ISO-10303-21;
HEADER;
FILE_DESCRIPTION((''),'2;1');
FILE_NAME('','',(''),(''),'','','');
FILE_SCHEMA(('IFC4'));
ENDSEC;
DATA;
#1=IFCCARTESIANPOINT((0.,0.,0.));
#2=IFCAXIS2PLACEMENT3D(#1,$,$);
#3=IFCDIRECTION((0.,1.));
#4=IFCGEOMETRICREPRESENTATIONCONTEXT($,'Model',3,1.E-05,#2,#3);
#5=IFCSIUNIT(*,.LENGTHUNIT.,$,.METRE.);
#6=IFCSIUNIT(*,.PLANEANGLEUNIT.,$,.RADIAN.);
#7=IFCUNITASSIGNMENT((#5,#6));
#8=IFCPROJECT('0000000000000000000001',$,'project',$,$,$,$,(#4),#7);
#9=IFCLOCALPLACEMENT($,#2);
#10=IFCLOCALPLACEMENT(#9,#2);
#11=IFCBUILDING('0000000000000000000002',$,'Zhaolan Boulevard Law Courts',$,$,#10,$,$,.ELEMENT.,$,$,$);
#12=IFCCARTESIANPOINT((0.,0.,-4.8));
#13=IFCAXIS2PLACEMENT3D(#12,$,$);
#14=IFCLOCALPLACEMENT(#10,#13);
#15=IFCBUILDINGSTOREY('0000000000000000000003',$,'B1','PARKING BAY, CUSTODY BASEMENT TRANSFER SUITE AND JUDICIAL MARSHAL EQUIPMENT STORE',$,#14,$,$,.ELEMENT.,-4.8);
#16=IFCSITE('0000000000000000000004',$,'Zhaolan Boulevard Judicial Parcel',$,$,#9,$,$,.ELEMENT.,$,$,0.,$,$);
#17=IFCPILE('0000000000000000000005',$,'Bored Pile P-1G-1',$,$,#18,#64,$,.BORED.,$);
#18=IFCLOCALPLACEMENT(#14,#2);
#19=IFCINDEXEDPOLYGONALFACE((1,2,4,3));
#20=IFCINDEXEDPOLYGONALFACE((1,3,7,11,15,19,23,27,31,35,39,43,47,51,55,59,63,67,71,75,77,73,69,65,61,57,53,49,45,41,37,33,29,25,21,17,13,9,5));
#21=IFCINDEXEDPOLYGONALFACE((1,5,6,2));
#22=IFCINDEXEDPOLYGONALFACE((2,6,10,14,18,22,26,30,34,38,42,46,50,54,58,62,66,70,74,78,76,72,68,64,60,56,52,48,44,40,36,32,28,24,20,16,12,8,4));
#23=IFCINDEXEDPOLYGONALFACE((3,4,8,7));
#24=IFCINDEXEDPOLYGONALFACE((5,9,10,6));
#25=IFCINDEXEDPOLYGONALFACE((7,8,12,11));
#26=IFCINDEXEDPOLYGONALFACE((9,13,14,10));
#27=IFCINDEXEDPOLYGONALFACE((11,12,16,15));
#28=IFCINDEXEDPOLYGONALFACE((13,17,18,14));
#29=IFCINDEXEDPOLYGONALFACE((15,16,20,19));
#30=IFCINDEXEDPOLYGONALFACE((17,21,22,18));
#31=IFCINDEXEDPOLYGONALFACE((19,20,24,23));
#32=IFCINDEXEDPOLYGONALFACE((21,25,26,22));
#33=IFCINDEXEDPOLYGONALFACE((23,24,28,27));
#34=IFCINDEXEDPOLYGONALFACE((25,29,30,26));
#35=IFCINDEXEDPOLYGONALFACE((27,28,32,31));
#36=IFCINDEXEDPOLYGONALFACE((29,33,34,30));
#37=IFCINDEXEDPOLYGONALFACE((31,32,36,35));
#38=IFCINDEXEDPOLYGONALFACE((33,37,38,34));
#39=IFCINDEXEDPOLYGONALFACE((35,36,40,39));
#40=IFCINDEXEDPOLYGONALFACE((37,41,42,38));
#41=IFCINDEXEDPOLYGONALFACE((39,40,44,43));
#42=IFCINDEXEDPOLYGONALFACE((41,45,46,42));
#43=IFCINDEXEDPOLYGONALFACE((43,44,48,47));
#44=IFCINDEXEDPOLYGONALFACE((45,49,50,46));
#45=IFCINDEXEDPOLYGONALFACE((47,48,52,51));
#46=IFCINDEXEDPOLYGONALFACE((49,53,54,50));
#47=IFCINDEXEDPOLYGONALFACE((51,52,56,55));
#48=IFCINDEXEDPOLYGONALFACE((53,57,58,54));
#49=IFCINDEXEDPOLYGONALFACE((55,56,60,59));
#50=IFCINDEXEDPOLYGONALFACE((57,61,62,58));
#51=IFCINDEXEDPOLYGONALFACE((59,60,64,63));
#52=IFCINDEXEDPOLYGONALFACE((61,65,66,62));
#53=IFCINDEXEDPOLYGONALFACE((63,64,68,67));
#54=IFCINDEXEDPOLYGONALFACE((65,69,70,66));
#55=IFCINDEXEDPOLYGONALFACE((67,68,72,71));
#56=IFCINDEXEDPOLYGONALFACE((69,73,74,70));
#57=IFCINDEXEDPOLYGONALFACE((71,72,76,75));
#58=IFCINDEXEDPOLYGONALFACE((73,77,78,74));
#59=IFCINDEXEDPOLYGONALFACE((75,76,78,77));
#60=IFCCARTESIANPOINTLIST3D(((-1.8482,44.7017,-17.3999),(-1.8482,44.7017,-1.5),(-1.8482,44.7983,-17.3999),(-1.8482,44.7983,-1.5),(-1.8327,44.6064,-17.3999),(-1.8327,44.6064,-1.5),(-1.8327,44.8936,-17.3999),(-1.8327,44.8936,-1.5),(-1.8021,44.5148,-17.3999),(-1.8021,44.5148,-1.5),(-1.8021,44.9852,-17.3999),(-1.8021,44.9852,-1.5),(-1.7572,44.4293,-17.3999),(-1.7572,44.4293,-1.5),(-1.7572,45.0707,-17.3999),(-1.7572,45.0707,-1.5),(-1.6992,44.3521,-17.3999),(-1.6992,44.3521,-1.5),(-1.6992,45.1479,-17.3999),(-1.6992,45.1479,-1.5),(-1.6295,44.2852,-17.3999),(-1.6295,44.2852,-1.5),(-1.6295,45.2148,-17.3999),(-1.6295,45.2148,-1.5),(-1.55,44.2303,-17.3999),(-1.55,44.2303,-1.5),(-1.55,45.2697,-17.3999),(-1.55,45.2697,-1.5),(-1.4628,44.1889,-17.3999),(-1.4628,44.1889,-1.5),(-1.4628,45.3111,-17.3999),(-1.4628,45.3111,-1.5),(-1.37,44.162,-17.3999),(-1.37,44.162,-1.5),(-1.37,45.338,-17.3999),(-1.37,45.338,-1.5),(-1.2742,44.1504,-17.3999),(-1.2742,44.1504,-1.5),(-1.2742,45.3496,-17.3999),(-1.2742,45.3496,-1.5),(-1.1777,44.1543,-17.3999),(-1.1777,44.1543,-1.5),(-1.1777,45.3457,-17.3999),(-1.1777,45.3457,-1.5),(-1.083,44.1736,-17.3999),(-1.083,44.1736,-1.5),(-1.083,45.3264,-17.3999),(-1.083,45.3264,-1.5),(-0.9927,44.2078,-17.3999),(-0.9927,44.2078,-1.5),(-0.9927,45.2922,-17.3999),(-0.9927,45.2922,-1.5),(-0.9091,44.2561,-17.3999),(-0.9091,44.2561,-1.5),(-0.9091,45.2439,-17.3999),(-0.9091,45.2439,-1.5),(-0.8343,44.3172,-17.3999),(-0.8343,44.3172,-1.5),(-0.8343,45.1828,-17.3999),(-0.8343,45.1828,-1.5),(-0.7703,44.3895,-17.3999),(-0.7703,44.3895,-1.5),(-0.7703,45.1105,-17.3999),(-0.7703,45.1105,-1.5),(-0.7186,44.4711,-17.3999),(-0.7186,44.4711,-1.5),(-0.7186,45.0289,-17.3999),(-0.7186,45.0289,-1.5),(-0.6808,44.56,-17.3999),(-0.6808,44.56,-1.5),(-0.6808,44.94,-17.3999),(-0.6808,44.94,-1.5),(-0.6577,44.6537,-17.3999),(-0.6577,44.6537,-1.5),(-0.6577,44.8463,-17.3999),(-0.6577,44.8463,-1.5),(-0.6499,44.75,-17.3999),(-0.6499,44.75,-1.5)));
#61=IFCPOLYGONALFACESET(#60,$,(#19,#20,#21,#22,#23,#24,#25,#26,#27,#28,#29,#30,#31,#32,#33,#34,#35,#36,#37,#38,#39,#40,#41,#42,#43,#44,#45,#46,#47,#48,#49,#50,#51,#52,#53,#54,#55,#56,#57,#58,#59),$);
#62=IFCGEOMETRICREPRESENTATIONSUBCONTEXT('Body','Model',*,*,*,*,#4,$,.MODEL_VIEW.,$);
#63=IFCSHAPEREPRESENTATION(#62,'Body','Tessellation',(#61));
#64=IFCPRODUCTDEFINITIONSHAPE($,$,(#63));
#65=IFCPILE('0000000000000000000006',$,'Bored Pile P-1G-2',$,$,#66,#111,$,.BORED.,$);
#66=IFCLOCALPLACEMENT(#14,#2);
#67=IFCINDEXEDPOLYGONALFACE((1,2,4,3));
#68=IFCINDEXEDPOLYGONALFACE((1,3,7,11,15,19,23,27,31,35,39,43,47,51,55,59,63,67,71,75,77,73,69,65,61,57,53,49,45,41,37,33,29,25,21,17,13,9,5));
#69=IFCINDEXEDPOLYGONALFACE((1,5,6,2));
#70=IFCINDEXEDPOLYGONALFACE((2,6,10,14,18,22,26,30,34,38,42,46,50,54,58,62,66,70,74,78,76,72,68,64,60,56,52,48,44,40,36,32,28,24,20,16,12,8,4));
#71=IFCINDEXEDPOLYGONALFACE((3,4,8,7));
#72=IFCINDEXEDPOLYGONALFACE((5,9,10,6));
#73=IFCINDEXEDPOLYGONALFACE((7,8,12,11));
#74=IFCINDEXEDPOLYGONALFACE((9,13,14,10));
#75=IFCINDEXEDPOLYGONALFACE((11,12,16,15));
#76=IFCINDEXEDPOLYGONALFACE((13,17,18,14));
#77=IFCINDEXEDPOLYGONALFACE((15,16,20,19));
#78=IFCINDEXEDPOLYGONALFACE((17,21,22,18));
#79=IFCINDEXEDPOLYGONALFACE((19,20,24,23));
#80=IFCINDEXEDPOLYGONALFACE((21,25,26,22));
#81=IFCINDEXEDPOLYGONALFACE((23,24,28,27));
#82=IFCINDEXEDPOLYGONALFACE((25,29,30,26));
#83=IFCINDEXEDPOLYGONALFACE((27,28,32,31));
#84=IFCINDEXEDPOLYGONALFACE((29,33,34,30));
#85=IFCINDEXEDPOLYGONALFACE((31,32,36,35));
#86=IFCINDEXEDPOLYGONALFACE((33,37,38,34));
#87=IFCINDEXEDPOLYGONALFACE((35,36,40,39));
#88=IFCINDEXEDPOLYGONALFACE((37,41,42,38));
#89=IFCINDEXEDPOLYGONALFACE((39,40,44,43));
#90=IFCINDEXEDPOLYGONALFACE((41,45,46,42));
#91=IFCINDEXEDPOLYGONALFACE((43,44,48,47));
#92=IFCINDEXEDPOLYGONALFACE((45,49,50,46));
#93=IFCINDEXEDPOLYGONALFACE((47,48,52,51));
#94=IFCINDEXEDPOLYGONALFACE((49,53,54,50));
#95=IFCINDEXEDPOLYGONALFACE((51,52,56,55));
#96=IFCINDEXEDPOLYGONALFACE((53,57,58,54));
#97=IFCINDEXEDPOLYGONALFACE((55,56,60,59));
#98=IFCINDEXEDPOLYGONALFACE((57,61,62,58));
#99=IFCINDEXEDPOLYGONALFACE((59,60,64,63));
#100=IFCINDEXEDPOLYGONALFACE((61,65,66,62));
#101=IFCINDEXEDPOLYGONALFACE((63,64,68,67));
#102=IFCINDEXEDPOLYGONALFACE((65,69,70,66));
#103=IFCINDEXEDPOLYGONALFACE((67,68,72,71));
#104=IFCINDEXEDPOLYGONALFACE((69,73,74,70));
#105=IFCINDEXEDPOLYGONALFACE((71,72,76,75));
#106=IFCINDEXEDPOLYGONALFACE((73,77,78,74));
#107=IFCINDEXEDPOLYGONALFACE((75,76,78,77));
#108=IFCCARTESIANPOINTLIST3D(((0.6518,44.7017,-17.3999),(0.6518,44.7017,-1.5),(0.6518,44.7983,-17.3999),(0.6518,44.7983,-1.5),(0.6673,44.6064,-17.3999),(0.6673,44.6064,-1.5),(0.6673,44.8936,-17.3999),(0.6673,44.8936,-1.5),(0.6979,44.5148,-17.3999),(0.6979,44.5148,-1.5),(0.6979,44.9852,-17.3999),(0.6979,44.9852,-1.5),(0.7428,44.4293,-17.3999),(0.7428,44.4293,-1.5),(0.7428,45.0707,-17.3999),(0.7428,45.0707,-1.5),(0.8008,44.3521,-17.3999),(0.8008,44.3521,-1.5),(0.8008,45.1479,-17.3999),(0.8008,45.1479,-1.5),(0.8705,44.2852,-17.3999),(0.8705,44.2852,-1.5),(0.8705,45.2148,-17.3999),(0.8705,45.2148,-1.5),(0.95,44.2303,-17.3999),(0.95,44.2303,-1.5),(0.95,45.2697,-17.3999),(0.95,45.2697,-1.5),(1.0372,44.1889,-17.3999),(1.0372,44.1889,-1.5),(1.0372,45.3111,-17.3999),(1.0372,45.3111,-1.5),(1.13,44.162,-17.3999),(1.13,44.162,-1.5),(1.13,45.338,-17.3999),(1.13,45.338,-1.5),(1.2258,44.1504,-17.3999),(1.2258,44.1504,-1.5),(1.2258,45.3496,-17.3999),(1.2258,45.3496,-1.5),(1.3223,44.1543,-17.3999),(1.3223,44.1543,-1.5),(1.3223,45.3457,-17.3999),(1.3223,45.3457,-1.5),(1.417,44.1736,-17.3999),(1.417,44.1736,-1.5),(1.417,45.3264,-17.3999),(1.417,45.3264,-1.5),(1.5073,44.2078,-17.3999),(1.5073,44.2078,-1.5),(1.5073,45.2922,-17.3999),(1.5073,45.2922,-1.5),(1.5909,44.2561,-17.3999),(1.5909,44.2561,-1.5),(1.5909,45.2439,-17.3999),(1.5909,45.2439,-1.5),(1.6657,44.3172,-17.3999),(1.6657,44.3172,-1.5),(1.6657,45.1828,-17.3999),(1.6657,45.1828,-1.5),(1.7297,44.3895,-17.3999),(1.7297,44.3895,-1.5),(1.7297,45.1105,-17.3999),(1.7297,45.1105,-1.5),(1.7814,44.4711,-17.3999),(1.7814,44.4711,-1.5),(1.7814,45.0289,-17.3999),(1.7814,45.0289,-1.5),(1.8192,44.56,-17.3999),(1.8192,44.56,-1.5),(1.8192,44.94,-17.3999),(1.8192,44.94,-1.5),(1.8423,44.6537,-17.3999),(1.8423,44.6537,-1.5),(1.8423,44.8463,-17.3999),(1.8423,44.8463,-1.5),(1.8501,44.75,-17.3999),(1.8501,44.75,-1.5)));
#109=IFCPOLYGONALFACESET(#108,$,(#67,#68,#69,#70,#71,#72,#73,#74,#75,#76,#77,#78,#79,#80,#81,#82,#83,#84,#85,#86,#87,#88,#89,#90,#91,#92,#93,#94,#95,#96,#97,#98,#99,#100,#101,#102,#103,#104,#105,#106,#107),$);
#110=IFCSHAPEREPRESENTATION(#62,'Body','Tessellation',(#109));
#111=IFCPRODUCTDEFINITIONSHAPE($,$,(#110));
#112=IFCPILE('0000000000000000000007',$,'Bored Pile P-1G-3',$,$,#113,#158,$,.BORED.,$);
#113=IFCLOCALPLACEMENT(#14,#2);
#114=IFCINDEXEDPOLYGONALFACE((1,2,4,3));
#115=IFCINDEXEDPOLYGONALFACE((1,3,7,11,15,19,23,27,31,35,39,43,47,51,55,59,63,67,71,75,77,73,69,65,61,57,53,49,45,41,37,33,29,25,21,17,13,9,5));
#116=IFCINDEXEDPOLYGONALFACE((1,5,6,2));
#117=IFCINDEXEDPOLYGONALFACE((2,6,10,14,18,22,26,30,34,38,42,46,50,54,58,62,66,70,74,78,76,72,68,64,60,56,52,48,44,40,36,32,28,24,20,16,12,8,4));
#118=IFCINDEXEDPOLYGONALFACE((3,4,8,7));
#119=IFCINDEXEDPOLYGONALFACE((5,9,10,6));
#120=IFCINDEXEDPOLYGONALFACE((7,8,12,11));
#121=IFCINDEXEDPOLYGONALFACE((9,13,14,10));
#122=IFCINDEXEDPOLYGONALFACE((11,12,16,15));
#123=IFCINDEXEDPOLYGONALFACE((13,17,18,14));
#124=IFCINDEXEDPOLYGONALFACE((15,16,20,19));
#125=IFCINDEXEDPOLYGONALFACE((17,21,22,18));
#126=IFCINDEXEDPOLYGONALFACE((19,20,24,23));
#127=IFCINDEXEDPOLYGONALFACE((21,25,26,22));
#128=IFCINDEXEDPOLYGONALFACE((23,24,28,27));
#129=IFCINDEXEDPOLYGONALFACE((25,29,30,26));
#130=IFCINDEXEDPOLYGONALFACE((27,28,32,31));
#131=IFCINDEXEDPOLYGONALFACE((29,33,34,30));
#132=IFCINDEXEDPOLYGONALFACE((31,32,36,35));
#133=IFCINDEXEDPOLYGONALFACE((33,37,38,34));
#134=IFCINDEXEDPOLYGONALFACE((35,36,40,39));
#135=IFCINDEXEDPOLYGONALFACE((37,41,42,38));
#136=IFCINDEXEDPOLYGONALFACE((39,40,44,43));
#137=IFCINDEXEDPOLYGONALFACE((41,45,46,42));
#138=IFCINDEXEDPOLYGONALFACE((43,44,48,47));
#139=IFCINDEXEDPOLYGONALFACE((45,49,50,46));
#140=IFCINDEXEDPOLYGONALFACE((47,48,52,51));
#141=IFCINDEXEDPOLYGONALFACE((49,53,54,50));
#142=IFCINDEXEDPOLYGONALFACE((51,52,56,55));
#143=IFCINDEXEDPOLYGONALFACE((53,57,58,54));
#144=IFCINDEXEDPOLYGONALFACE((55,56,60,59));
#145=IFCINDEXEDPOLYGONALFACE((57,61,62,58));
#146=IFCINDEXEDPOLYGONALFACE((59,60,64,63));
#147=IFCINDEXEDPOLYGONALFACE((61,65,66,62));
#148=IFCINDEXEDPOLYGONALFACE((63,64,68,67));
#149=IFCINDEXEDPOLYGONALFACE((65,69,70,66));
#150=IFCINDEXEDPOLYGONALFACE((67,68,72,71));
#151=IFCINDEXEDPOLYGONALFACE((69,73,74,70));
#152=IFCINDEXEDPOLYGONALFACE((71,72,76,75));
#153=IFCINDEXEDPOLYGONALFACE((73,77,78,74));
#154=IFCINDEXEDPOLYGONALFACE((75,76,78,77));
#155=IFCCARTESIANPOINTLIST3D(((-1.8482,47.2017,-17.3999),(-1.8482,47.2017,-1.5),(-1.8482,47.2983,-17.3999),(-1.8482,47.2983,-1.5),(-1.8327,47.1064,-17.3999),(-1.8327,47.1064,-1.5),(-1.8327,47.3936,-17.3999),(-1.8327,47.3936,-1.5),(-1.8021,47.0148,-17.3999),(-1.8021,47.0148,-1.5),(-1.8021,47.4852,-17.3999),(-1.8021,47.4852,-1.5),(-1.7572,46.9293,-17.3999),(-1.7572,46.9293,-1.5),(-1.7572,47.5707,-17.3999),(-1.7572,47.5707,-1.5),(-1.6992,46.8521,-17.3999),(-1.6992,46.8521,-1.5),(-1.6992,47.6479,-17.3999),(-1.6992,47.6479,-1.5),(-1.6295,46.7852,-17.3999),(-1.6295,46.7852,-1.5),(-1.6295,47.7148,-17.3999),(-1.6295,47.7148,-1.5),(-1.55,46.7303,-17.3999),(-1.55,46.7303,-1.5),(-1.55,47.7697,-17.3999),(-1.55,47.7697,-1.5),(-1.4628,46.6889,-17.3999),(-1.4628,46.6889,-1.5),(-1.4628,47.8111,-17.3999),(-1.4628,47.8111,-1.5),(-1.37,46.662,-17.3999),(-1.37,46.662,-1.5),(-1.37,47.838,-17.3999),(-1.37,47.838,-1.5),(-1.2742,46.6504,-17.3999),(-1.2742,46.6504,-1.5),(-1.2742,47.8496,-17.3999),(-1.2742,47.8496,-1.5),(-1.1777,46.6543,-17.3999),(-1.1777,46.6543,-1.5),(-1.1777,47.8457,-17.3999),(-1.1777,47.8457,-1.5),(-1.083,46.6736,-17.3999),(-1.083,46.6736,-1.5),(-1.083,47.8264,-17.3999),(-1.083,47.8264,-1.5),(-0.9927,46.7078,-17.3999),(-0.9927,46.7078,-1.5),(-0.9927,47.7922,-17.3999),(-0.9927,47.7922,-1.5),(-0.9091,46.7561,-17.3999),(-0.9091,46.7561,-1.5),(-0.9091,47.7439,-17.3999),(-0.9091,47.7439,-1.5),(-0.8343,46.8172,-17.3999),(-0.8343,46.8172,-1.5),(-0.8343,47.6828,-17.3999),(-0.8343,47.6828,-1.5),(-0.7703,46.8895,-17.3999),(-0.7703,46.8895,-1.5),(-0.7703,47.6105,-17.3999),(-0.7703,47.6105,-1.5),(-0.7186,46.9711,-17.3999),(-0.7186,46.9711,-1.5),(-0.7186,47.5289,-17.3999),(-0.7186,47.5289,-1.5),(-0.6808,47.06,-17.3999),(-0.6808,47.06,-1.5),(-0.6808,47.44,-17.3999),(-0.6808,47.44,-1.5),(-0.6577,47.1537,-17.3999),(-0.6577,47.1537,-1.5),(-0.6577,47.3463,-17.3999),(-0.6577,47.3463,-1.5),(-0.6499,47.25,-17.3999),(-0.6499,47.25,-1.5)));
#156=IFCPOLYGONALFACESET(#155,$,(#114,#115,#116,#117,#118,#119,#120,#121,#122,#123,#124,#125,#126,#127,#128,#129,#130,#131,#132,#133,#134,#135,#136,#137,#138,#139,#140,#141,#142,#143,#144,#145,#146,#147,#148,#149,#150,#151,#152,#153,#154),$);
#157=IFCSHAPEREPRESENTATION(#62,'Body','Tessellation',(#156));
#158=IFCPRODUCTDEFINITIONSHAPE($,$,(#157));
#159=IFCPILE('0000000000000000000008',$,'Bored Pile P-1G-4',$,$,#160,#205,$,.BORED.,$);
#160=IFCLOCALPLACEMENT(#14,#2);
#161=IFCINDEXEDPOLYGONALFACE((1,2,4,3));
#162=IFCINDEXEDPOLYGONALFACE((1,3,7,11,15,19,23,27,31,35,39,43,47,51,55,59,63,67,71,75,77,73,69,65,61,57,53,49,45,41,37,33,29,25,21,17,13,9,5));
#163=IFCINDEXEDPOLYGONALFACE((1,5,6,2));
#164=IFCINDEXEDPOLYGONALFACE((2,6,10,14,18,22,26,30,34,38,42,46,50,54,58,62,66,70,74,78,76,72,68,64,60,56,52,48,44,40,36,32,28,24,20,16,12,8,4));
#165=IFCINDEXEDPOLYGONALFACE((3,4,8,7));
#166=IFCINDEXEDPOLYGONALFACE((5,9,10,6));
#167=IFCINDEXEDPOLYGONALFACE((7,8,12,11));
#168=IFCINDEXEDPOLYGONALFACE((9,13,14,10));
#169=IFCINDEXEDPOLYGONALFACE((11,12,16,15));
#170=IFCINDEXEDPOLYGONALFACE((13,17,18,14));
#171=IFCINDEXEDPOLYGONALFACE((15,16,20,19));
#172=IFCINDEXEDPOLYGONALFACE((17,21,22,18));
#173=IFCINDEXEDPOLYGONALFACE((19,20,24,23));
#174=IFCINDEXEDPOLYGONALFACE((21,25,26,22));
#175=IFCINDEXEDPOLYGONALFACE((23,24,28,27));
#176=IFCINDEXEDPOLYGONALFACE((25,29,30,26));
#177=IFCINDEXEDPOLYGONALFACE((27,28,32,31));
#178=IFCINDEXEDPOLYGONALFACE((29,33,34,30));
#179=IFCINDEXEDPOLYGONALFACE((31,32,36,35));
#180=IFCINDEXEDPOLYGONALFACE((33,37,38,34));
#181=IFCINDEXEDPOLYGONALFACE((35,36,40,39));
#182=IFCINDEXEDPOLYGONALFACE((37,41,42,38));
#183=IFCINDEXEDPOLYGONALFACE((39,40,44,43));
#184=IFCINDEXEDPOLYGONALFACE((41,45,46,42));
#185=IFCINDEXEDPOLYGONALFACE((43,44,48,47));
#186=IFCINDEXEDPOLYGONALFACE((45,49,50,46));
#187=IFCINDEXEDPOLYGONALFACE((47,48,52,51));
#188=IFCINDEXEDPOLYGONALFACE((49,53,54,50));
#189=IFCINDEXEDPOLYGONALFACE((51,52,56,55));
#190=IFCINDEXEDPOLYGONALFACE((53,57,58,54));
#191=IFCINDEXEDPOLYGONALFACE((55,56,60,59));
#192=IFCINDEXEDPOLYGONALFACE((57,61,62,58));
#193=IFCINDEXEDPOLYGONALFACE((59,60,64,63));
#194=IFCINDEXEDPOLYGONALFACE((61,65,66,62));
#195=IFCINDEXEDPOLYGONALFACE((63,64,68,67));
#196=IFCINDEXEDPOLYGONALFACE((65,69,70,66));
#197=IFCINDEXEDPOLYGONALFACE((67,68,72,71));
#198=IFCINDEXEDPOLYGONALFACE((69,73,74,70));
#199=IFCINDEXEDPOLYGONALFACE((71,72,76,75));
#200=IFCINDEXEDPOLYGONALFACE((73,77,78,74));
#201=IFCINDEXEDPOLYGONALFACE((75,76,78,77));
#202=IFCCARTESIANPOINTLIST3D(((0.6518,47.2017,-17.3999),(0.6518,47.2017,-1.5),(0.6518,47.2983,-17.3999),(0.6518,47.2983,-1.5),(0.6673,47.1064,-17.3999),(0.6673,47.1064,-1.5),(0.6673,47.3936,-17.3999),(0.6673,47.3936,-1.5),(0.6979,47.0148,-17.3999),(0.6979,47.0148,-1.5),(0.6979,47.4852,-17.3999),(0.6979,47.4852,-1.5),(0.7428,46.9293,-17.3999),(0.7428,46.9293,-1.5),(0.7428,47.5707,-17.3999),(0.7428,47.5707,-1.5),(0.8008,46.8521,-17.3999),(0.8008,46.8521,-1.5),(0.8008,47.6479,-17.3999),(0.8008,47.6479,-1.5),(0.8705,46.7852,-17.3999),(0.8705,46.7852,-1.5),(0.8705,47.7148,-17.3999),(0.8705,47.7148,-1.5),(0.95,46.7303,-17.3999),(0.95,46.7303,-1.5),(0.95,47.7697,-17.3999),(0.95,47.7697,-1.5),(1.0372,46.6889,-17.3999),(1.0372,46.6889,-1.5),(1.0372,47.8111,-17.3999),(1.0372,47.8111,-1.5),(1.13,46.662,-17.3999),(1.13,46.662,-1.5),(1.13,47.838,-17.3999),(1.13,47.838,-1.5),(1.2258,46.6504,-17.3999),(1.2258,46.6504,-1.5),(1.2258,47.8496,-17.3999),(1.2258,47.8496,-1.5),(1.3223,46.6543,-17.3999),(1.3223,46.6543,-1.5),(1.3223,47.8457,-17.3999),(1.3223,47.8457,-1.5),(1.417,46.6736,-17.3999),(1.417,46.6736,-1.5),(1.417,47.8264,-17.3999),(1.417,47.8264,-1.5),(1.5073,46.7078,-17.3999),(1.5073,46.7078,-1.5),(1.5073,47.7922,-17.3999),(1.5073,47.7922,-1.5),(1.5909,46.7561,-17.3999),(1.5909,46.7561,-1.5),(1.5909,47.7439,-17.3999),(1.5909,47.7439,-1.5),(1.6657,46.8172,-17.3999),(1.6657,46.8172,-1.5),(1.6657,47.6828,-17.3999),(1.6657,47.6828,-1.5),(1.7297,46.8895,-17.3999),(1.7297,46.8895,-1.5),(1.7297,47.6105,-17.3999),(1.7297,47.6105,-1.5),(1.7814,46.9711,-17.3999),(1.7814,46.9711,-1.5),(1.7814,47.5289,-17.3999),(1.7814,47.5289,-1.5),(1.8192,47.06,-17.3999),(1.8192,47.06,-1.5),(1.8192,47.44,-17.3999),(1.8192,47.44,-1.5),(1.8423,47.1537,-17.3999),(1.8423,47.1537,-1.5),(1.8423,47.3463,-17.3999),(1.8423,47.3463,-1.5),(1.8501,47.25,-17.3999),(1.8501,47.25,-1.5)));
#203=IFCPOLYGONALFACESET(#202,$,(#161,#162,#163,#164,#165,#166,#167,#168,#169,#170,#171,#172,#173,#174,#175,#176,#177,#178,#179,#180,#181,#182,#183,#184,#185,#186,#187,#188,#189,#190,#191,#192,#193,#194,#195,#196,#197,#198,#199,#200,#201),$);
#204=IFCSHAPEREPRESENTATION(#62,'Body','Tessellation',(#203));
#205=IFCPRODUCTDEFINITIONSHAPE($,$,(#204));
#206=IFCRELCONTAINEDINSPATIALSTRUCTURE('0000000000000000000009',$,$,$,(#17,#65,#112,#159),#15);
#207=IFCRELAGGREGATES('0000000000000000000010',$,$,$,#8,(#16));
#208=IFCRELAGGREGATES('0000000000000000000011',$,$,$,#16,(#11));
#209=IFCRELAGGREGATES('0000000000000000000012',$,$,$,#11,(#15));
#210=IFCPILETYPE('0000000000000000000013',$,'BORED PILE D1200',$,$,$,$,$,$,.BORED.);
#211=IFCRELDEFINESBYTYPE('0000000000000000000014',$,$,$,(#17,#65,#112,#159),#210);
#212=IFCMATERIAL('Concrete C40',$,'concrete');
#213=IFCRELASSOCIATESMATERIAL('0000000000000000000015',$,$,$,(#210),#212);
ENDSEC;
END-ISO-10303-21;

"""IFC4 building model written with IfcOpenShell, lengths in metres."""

from ifc_helpers import new_model, si_unit, direction, frame, origin, origin_2d, place, context, subcontext, project, spatial, circle, extrude, material, material_profile, profile_set, type_object, element, save


model = new_model("IFC4")

# Units and contexts
model_context = context("Model", 3, precision=1e-05, world=origin(), true_north=direction((0.0, 1.0)))
body_context = subcontext(model_context, "Body", "Model", "MODEL_VIEW")
ifc_project = project(units=[si_unit("LENGTHUNIT", "METRE"), si_unit("PLANEANGLEUNIT", "RADIAN")], contexts=[model_context])

# Site, building, storey
site_placement = place(None, origin())
site = spatial("IfcSite", under=ifc_project, at=site_placement, Name="Zhaolan Boulevard Judicial Parcel", CompositionType="ELEMENT", RefElevation=0.0)
building_placement = place(site_placement, origin())
building = spatial("IfcBuilding", under=site, at=building_placement, Name="Zhaolan Boulevard Law Courts", CompositionType="ELEMENT")
storey_placement = place(building_placement, frame((0.0, 0.0, -4.8)))
storey = spatial("IfcBuildingStorey", under=building, at=storey_placement, Name="B1", Description="PARKING BAY, CUSTODY BASEMENT TRANSFER SUITE AND JUDICIAL MARSHAL EQUIPMENT STORE", CompositionType="ELEMENT", Elevation=-4.8)

# Piles
ifc_material_1 = material(Name="Concrete C40", Category="concrete")
ifc_material_profile_1 = material_profile(ifc_material_1, circle(Radius=0.6001, at=origin_2d()), Name="PILE-D1200")
ifc_profile_set_1 = profile_set([ifc_material_profile_1], Name="Concrete C40")
pile_type = type_object("IfcPileType", Name="BORED PILE D1200", PredefinedType="BORED", material=ifc_profile_set_1)
for number, where, z_axis, x_axis, name in (
    (1, (-1.25, 44.75, -1.5), (0.0, 0.0, -1.0), (1.0, 0.0, 0.0), "Bored Pile P-1G-1"),
    (2, (1.25, 44.75, -1.5), (0.0, 0.0, -1.0), (1.0, 0.0, 0.0), "Bored Pile P-1G-2"),
    (3, (-1.25, 47.25, -1.5), (0.0, 0.0, -1.0), (1.0, 0.0, 0.0), "Bored Pile P-1G-3"),
    (4, (1.25, 47.25, -1.5), (0.0, 0.0, -1.0), (1.0, 0.0, 0.0), "Bored Pile P-1G-4"),
):
    element("IfcPile", number, at=place(storey_placement, frame(where, z_axis=z_axis, x_axis=x_axis)), inside=storey, type_object=pile_type, Name=name, PredefinedType="BORED", context=body_context, shape_type="SweptSolid", body=[
        extrude(circle(Radius=0.6001, at=origin_2d()), origin(), (0.0, 0.0, 1.0), 15.8999),
    ])

save(model, "model.ifc")
